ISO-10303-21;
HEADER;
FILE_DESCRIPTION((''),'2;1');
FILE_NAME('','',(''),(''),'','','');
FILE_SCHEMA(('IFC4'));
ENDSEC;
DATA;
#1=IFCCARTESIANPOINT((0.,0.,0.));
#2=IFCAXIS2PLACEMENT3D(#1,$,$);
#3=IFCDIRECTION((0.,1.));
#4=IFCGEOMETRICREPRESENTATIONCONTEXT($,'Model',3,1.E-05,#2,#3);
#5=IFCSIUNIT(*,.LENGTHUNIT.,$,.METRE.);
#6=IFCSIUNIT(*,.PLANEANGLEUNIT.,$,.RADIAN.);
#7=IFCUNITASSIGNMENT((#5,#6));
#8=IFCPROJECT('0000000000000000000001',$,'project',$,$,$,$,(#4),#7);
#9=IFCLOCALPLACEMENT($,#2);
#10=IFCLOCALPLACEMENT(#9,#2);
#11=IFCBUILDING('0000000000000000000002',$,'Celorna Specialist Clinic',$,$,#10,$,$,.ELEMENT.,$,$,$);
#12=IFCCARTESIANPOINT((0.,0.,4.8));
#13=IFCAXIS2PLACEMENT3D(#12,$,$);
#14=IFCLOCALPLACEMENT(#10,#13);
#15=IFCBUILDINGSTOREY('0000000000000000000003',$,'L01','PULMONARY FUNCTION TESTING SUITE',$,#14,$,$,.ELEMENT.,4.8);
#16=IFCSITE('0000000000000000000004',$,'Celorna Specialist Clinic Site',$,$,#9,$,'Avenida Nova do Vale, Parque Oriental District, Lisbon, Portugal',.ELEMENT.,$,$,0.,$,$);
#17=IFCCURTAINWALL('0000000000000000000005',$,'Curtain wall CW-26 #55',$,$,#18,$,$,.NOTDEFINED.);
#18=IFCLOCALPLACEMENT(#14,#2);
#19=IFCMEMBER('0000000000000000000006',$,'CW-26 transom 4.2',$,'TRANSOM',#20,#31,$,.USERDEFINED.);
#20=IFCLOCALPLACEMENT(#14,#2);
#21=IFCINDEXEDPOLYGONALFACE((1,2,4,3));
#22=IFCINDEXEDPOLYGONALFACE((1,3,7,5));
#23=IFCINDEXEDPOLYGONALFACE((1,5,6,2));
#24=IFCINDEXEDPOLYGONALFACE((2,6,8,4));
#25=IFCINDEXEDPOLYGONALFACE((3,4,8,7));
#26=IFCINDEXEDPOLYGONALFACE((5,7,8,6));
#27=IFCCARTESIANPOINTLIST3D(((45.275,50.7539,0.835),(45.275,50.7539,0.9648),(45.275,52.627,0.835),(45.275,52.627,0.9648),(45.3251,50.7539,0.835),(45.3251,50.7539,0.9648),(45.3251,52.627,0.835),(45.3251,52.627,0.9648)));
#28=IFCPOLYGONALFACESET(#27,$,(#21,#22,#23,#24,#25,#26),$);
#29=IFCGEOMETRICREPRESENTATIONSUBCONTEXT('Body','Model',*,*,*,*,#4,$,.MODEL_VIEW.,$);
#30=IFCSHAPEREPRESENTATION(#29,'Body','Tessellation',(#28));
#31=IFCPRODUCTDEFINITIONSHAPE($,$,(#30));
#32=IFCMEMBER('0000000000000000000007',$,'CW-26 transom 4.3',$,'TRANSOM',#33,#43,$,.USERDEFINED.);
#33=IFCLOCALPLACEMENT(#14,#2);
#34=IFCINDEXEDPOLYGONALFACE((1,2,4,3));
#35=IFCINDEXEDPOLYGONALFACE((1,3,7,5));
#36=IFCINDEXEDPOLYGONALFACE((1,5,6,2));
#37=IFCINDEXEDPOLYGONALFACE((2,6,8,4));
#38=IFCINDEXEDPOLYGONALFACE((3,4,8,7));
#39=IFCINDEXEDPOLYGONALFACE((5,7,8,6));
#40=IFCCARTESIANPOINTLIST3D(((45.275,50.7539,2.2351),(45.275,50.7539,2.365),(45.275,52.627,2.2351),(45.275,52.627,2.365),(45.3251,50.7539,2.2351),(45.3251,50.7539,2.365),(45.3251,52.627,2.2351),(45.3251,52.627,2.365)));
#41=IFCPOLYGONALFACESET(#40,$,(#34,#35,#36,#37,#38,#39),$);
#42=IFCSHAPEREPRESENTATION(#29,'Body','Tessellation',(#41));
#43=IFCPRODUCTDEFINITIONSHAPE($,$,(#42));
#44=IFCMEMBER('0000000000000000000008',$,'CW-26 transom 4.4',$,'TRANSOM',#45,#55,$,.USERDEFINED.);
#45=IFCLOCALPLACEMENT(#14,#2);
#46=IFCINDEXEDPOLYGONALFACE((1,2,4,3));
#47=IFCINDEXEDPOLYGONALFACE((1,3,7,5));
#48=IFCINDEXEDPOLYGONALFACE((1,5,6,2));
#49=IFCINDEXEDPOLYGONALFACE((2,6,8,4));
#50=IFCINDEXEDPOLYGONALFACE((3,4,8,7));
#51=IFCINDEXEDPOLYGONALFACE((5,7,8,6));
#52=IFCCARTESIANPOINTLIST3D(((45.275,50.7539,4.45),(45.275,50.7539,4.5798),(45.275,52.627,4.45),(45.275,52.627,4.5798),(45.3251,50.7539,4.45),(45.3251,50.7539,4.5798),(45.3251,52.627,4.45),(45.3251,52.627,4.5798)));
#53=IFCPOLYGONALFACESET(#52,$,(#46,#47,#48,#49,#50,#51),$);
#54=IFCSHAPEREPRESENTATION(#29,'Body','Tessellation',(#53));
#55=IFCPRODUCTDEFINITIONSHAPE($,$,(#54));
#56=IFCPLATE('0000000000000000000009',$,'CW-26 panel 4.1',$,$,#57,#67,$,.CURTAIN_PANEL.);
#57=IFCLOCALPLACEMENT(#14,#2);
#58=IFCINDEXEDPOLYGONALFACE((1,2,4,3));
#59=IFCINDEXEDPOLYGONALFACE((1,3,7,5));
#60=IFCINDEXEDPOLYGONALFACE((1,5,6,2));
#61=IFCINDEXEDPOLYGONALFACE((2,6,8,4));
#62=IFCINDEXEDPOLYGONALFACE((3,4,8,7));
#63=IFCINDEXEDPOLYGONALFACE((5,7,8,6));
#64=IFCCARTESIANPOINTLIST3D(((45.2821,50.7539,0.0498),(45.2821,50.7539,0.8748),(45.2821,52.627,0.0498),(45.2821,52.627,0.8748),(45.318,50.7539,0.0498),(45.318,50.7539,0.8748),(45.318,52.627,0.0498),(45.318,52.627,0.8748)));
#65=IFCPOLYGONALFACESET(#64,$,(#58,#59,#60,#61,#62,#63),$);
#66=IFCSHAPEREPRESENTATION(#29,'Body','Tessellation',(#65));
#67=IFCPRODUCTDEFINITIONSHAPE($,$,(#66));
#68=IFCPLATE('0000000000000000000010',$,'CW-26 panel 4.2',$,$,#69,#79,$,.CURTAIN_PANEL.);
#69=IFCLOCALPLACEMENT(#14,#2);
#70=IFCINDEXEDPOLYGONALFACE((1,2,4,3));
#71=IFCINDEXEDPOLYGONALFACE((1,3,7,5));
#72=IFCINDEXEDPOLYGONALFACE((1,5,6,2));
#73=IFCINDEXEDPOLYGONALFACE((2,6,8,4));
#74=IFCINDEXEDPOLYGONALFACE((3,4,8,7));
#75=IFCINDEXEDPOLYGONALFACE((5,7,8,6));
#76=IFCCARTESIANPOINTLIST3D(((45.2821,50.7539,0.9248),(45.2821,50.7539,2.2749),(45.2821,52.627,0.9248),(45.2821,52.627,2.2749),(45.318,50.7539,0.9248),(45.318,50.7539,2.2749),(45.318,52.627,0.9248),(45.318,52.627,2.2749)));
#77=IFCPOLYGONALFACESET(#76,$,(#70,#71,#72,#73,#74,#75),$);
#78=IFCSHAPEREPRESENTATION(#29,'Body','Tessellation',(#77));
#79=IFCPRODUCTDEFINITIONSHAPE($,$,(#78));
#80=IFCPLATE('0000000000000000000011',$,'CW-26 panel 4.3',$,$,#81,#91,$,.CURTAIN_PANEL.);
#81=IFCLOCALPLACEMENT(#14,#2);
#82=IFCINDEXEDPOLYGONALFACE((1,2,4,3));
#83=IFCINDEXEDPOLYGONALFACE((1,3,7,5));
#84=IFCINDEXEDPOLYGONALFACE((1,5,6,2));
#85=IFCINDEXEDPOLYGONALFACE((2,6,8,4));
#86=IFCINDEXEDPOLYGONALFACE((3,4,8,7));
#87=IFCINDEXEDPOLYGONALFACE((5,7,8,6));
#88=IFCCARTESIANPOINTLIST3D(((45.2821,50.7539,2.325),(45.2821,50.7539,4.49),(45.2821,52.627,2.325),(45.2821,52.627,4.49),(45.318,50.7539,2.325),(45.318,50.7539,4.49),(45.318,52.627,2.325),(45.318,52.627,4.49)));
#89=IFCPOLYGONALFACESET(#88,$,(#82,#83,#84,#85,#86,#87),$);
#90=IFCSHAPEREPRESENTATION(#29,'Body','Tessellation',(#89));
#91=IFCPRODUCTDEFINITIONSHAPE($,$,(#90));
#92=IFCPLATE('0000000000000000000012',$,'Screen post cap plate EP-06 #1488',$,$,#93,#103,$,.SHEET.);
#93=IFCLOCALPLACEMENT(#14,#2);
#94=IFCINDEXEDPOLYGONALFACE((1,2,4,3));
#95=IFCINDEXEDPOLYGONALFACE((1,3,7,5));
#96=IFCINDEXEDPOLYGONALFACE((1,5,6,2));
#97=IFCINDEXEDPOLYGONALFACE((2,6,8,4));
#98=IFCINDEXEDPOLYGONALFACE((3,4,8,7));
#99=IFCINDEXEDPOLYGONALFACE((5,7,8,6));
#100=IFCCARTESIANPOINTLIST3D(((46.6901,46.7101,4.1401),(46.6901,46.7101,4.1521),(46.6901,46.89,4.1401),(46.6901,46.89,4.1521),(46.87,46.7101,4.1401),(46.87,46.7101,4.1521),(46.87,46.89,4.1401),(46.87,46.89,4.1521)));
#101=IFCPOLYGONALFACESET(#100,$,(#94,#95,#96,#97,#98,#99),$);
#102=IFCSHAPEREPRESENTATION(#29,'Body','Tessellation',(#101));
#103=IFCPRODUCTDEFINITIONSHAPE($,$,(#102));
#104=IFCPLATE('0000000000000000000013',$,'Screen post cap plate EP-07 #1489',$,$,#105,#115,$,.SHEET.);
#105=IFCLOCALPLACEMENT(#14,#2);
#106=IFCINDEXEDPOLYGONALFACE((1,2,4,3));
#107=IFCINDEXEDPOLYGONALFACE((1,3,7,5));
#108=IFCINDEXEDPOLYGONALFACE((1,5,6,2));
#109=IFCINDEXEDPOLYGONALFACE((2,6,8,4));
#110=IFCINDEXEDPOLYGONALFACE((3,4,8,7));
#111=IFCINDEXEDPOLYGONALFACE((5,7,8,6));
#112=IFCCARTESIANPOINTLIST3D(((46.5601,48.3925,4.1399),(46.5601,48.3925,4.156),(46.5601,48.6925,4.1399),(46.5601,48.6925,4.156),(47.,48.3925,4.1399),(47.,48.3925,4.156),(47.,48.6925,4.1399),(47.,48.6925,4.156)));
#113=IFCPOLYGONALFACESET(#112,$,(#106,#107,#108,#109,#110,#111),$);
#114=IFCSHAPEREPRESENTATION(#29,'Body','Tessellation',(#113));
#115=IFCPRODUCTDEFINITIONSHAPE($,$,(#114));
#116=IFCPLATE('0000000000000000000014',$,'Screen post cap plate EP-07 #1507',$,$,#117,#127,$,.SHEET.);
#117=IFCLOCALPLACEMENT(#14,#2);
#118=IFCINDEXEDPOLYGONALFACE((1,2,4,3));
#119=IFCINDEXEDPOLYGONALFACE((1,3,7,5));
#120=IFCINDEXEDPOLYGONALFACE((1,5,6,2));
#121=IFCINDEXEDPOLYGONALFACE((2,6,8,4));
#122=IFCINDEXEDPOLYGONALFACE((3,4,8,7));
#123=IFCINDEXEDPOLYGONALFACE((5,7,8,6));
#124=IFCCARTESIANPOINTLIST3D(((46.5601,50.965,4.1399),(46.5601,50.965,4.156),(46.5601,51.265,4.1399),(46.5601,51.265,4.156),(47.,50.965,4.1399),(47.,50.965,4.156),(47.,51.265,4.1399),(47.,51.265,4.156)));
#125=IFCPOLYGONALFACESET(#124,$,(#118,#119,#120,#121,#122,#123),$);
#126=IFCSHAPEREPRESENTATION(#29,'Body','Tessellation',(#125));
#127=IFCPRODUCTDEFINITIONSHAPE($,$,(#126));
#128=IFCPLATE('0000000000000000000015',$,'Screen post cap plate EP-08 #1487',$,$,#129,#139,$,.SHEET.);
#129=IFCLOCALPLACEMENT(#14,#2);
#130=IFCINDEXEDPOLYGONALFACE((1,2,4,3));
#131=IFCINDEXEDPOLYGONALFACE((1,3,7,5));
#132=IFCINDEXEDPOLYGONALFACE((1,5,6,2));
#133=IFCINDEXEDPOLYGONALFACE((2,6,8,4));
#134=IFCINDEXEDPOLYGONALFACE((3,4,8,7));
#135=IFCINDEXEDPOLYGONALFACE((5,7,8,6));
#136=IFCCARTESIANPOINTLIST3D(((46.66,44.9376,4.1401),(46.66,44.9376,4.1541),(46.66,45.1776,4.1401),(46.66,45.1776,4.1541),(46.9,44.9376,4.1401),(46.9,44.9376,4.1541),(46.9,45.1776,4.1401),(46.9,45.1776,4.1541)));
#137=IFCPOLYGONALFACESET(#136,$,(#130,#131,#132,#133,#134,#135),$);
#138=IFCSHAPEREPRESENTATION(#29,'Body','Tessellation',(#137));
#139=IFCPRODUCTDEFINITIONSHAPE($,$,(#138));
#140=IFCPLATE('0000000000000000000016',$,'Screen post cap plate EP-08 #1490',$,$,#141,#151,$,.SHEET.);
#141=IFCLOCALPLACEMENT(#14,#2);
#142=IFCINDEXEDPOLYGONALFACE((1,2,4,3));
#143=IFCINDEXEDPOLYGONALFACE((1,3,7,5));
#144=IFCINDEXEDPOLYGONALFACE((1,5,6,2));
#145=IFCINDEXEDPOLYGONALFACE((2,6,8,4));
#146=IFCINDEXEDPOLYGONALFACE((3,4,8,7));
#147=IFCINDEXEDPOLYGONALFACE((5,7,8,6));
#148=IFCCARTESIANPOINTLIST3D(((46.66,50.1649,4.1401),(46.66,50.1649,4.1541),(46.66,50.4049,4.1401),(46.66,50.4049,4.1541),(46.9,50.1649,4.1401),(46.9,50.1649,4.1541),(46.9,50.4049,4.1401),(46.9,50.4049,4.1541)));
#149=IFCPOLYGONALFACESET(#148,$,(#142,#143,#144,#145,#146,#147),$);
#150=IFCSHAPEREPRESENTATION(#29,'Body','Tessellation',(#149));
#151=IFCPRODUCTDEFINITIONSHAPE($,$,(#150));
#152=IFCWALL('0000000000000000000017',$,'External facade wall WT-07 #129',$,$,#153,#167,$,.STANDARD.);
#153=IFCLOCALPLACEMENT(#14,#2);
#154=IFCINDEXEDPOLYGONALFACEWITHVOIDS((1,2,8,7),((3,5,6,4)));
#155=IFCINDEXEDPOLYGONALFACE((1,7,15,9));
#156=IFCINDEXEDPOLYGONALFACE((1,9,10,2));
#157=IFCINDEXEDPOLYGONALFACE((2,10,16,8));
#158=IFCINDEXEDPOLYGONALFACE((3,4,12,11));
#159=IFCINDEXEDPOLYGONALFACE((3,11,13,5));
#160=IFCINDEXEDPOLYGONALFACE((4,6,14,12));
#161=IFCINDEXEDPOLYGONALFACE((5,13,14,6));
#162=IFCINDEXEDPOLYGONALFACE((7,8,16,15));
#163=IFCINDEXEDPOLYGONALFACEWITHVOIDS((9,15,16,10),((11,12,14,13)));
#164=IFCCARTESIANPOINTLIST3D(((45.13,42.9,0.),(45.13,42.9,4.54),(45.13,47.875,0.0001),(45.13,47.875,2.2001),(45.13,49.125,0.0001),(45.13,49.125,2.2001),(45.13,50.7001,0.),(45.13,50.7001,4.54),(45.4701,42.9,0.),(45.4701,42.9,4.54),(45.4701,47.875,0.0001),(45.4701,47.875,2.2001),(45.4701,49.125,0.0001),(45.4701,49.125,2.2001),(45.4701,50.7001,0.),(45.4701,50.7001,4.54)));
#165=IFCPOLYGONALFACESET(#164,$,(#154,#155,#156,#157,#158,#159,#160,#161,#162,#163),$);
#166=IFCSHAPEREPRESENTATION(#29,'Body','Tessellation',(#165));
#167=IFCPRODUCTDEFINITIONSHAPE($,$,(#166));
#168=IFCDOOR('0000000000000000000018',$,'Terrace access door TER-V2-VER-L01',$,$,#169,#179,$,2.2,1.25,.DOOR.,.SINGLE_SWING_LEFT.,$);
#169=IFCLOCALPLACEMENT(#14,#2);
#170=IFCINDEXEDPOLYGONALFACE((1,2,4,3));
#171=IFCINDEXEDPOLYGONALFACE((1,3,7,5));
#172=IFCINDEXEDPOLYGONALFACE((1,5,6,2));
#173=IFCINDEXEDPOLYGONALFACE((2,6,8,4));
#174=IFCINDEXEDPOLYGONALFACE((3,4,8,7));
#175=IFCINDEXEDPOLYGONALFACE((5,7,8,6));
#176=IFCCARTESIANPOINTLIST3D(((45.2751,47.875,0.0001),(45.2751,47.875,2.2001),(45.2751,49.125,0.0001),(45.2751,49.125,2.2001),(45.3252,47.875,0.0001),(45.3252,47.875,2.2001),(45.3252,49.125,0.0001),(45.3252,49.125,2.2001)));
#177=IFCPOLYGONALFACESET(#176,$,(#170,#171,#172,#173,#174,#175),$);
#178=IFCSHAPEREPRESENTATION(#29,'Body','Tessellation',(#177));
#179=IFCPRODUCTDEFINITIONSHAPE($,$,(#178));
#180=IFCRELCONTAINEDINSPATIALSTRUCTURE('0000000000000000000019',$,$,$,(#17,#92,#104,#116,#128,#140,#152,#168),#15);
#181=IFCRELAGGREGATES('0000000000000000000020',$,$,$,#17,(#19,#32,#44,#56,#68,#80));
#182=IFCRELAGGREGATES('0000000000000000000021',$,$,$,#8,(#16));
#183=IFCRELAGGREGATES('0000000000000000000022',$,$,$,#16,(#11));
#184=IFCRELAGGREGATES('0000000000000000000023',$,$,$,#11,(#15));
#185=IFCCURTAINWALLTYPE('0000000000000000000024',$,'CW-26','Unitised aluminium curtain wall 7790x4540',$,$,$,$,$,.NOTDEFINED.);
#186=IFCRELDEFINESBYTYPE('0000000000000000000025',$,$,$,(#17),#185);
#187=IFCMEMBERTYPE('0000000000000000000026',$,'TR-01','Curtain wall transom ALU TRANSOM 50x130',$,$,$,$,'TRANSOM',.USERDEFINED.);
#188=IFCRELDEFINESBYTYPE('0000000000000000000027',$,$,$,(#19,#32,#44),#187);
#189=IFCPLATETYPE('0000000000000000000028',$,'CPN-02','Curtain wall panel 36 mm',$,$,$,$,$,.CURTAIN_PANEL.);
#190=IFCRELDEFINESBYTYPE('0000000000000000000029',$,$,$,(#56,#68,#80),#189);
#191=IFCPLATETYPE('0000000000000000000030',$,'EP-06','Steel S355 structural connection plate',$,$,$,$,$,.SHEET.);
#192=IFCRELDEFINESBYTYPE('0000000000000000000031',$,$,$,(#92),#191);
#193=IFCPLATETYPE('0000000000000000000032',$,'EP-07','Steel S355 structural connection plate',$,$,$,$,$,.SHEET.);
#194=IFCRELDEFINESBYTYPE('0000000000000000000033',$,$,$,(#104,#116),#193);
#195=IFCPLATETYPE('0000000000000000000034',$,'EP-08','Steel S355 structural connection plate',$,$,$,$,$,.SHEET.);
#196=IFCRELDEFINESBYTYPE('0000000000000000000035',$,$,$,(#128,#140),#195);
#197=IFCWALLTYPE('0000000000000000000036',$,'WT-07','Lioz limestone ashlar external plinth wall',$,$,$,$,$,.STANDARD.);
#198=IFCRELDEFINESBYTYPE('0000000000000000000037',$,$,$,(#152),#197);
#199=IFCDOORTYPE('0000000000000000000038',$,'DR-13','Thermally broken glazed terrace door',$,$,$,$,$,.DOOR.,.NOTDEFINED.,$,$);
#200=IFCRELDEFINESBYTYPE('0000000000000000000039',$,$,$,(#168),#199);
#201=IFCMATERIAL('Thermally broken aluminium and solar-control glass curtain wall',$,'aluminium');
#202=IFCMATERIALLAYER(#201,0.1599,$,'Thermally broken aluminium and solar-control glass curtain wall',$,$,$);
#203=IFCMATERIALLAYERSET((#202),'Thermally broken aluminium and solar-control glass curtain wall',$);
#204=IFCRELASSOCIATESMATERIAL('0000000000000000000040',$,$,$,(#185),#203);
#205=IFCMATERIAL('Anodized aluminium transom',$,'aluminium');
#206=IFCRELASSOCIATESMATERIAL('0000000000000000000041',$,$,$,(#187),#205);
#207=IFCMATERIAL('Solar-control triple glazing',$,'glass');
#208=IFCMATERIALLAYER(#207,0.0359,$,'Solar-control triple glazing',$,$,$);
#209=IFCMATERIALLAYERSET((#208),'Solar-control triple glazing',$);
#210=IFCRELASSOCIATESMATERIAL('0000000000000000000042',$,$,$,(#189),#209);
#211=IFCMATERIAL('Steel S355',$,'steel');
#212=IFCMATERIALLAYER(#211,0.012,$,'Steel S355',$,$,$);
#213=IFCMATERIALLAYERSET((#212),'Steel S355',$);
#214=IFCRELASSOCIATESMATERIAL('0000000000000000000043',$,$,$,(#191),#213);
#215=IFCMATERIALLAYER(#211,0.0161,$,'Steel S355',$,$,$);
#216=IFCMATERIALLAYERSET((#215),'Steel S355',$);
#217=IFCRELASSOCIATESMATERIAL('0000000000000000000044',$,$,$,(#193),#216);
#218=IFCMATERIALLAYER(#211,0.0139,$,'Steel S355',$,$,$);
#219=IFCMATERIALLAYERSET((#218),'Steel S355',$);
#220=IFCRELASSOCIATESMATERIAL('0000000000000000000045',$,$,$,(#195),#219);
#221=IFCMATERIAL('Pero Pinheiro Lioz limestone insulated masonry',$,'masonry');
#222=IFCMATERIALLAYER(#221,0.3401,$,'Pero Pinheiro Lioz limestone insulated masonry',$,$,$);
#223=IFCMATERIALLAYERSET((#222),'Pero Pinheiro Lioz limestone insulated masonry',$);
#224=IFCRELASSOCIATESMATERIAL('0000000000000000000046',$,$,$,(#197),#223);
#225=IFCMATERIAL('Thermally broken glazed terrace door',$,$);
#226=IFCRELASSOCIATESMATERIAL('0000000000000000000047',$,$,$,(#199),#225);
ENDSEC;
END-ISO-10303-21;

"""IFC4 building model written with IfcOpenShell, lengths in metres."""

from ifc_helpers import new_model, si_unit, direction, frame, frame_2d, origin, origin_2d, place, context, subcontext, project, spatial, rectangle, extrude, material, layer, layer_set, material_profile, profile_set, type_object, element, fill, aggregate, save


model = new_model("IFC4")

# Units and contexts
model_context = context("Model", 3, precision=1e-05, world=origin(), true_north=direction((0.0, 1.0)))
body_context = subcontext(model_context, "Body", "Model", "MODEL_VIEW")
ifc_project = project(units=[si_unit("LENGTHUNIT", "METRE"), si_unit("PLANEANGLEUNIT", "RADIAN")], contexts=[model_context])

# Site, building, storey
site_placement = place(None, origin())
site = spatial("IfcSite", under=ifc_project, at=site_placement, Name="Celorna Specialist Clinic Site", LongName="Avenida Nova do Vale, Parque Oriental District, Lisbon, Portugal", CompositionType="ELEMENT", RefElevation=0.0)
building_placement = place(site_placement, origin())
building = spatial("IfcBuilding", under=site, at=building_placement, Name="Celorna Specialist Clinic", CompositionType="ELEMENT")
storey_placement = place(building_placement, frame((0.0, 0.0, 4.8)))
storey = spatial("IfcBuildingStorey", under=building, at=storey_placement, Name="L01", Description="PULMONARY FUNCTION TESTING SUITE", CompositionType="ELEMENT", Elevation=4.8)

# Shared definitions
ifc_material_1 = material(Name="Steel S355", Category="steel")

# Curtain wall, members, plates
ifc_material_2 = material(Name="Thermally broken aluminium and solar-control glass curtain wall", Category="aluminium")
ifc_layer_1 = layer(ifc_material_2, 0.1599, Name="Thermally broken aluminium and solar-control glass curtain wall")
ifc_layer_set_1 = layer_set([ifc_layer_1], Name="Thermally broken aluminium and solar-control glass curtain wall")
curtain_wall_type = type_object("IfcCurtainWallType", Name="CW-26", Description="Unitised aluminium curtain wall 7790x4540", PredefinedType="NOTDEFINED", material=ifc_layer_set_1)
curtain_wall_placement = place(storey_placement, origin())
curtain_wall = element("IfcCurtainWall", 1, at=curtain_wall_placement, inside=storey, type_object=curtain_wall_type, Name="Curtain wall CW-26 #55", PredefinedType="NOTDEFINED")
ifc_material_3 = material(Name="Anodized aluminium transom", Category="aluminium")
ifc_material_profile_1 = material_profile(ifc_material_3, rectangle(XDim=0.05, YDim=0.1299, at=origin_2d()), Name="ALU TRANSOM 50x130")
ifc_profile_set_1 = profile_set([ifc_material_profile_1], Name="Anodized aluminium transom")
member_type_1 = type_object("IfcMemberType", Name="TR-01", Description="Curtain wall transom ALU TRANSOM 50x130", ElementType="TRANSOM", PredefinedType="USERDEFINED", material=ifc_profile_set_1)
member_1_placement = place(storey_placement, frame((45.3, 52.627, 0.8999), z_axis=(0.0, -1.0, 0.0), x_axis=(1.0, 0.0, 0.0)))
member_1 = element("IfcMember", 2, at=member_1_placement, type_object=member_type_1, Name="CW-26 transom 4.2", ObjectType="TRANSOM", PredefinedType="USERDEFINED", context=body_context, shape_type="SweptSolid", body=[
    extrude(rectangle(XDim=0.05, YDim=0.1299, at=origin_2d()), origin(), (0.0, 0.0, 1.0), 1.873),
])
member_2_placement = place(storey_placement, frame((45.3, 52.627, 2.3), z_axis=(0.0, -1.0, 0.0), x_axis=(1.0, 0.0, 0.0)))
member_2 = element("IfcMember", 3, at=member_2_placement, type_object=member_type_1, Name="CW-26 transom 4.3", ObjectType="TRANSOM", PredefinedType="USERDEFINED", context=body_context, shape_type="SweptSolid", body=[
    extrude(rectangle(XDim=0.05, YDim=0.1299, at=origin_2d()), origin(), (0.0, 0.0, 1.0), 1.873),
])
member_3_placement = place(storey_placement, frame((45.3, 52.627, 4.5149), z_axis=(0.0, -1.0, 0.0), x_axis=(1.0, 0.0, 0.0)))
member_3 = element("IfcMember", 4, at=member_3_placement, type_object=member_type_1, Name="CW-26 transom 4.4", ObjectType="TRANSOM", PredefinedType="USERDEFINED", context=body_context, shape_type="SweptSolid", body=[
    extrude(rectangle(XDim=0.05, YDim=0.1299, at=origin_2d()), origin(), (0.0, 0.0, 1.0), 1.873),
])
ifc_material_4 = material(Name="Solar-control triple glazing", Category="glass")
ifc_layer_2 = layer(ifc_material_4, 0.0359, Name="Solar-control triple glazing")
ifc_layer_set_2 = layer_set([ifc_layer_2], Name="Solar-control triple glazing")
plate_type_1 = type_object("IfcPlateType", Name="CPN-02", Description="Curtain wall panel 36 mm", PredefinedType="CURTAIN_PANEL", material=ifc_layer_set_2)
plate_1_placement = place(storey_placement, frame((45.3, 51.6904, 0.0498), z_axis=(0.0, 0.0, 1.0), x_axis=(0.0, -1.0, 0.0)))
plate_1 = element("IfcPlate", 5, at=plate_1_placement, type_object=plate_type_1, Name="CW-26 panel 4.1", PredefinedType="CURTAIN_PANEL", context=body_context, shape_type="SweptSolid", body=[
    extrude(rectangle(XDim=1.873, YDim=0.0359, at=origin_2d()), origin(), (0.0, 0.0, 1.0), 0.825),
])
plate_2_placement = place(storey_placement, frame((45.3, 51.6904, 0.9248), z_axis=(0.0, 0.0, 1.0), x_axis=(0.0, -1.0, 0.0)))
plate_2 = element("IfcPlate", 6, at=plate_2_placement, type_object=plate_type_1, Name="CW-26 panel 4.2", PredefinedType="CURTAIN_PANEL", context=body_context, shape_type="SweptSolid", body=[
    extrude(rectangle(XDim=1.873, YDim=0.0359, at=origin_2d()), origin(), (0.0, 0.0, 1.0), 1.3501),
])
plate_3_placement = place(storey_placement, frame((45.3, 51.6904, 2.325), z_axis=(0.0, 0.0, 1.0), x_axis=(0.0, -1.0, 0.0)))
plate_3 = element("IfcPlate", 7, at=plate_3_placement, type_object=plate_type_1, Name="CW-26 panel 4.3", PredefinedType="CURTAIN_PANEL", context=body_context, shape_type="SweptSolid", body=[
    extrude(rectangle(XDim=1.873, YDim=0.0359, at=origin_2d()), origin(), (0.0, 0.0, 1.0), 2.165),
])
aggregate(curtain_wall, [member_1, member_2, member_3, plate_1, plate_2, plate_3])

# Plates
ifc_layer_3 = layer(ifc_material_1, 0.012, Name="Steel S355")
ifc_layer_set_3 = layer_set([ifc_layer_3], Name="Steel S355")
plate_type_2 = type_object("IfcPlateType", Name="EP-06", Description="Steel S355 structural connection plate", PredefinedType="SHEET", material=ifc_layer_set_3)
plate_4_placement = place(storey_placement, frame((46.78, 46.8, 4.1401), z_axis=(0.0, 0.0, 1.0), x_axis=(0.0, 1.0, 0.0)))
element("IfcPlate", 8, at=plate_4_placement, inside=storey, type_object=plate_type_2, Name="Screen post cap plate EP-06 #1488", PredefinedType="SHEET", context=body_context, shape_type="SweptSolid", body=[
    extrude(rectangle(XDim=0.1799, YDim=0.1799, at=origin_2d()), origin(), (0.0, 0.0, 1.0), 0.012),
])
ifc_layer_4 = layer(ifc_material_1, 0.0161, Name="Steel S355")
ifc_layer_set_4 = layer_set([ifc_layer_4], Name="Steel S355")
plate_type_3 = type_object("IfcPlateType", Name="EP-07", Description="Steel S355 structural connection plate", PredefinedType="SHEET", material=ifc_layer_set_4)
for number, where, z_axis, x_axis, name in (
    (9, (46.78, 48.5425, 4.1399), (0.0, 0.0, 1.0), (0.0, 1.0, 0.0), "Screen post cap plate EP-07 #1489"),
    (10, (46.78, 51.115, 4.1399), (0.0, 0.0, 1.0), (0.0, 1.0, 0.0), "Screen post cap plate EP-07 #1507"),
):
    element("IfcPlate", number, at=place(storey_placement, frame(where, z_axis=z_axis, x_axis=x_axis)), inside=storey, type_object=plate_type_3, Name=name, PredefinedType="SHEET", context=body_context, shape_type="SweptSolid", body=[
        extrude(rectangle(XDim=0.3, YDim=0.4399, at=origin_2d()), origin(), (0.0, 0.0, 1.0), 0.0161),
    ])
ifc_layer_5 = layer(ifc_material_1, 0.0139, Name="Steel S355")
ifc_layer_set_5 = layer_set([ifc_layer_5], Name="Steel S355")
plate_type_4 = type_object("IfcPlateType", Name="EP-08", Description="Steel S355 structural connection plate", PredefinedType="SHEET", material=ifc_layer_set_5)
for number, where, z_axis, x_axis, name in (
    (11, (46.78, 45.0576, 4.1401), (0.0, 0.0, 1.0), (0.0, 1.0, 0.0), "Screen post cap plate EP-08 #1487"),
    (12, (46.78, 50.2849, 4.1401), (0.0, 0.0, 1.0), (0.0, 1.0, 0.0), "Screen post cap plate EP-08 #1490"),
):
    element("IfcPlate", number, at=place(storey_placement, frame(where, z_axis=z_axis, x_axis=x_axis)), inside=storey, type_object=plate_type_4, Name=name, PredefinedType="SHEET", context=body_context, shape_type="SweptSolid", body=[
        extrude(rectangle(XDim=0.24, YDim=0.24, at=origin_2d()), origin(), (0.0, 0.0, 1.0), 0.0139),
    ])

# Wall, opening, door
ifc_material_5 = material(Name="Pero Pinheiro Lioz limestone insulated masonry", Category="masonry")
ifc_layer_6 = layer(ifc_material_5, 0.3401, Name="Pero Pinheiro Lioz limestone insulated masonry")
ifc_layer_set_6 = layer_set([ifc_layer_6], Name="Pero Pinheiro Lioz limestone insulated masonry")
wall_type = type_object("IfcWallType", Name="WT-07", Description="Lioz limestone ashlar external plinth wall", PredefinedType="STANDARD", material=ifc_layer_set_6)
wall_placement = place(storey_placement, frame((45.3, 50.7, 0.0), z_axis=(0.0, 0.0, 1.0), x_axis=(0.0, -1.0, 0.0)))
wall = element("IfcWall", 13, at=wall_placement, inside=storey, type_object=wall_type, Name="External facade wall WT-07 #129", PredefinedType="STANDARD", context=body_context, shape_type="SweptSolid", body=[
    extrude(rectangle(XDim=7.8, YDim=0.3401, at=frame_2d((3.8999, 0.0))), origin(), (0.0, 0.0, 1.0), 4.54),
])
opening_placement = place(wall_placement, frame((1.575, 0.0, 0.0)))
opening = element("IfcOpeningElement", 14, at=opening_placement, cuts=wall, PredefinedType="OPENING", context=body_context, shape_type="SweptSolid", body=[
    extrude(rectangle(XDim=1.25, YDim=2.2, at=frame_2d((0.625, 1.1001))), frame((0.0, 0.1799, 0.0), z_axis=(0.0, -1.0, 0.0), x_axis=(1.0, 0.0, 0.0)), (0.0, 0.0, 1.0), 0.3601),
])
ifc_material_6 = material(Name="Thermally broken glazed terrace door")
door_type = type_object("IfcDoorType", Name="DR-13", Description="Thermally broken glazed terrace door", OperationType="NOTDEFINED", PredefinedType="DOOR", material=ifc_material_6)
door_placement = place(opening_placement, frame((1.25, 0.0, 0.0), z_axis=(0.0, 0.0, 1.0), x_axis=(-1.0, 0.0, 0.0)))
door = element("IfcDoor", 15, at=door_placement, inside=storey, type_object=door_type, Name="Terrace access door TER-V2-VER-L01", OperationType="SINGLE_SWING_LEFT", OverallHeight=2.2, OverallWidth=1.25, PredefinedType="DOOR", context=body_context, shape_type="SweptSolid", body=[
    extrude(rectangle(XDim=1.25, YDim=2.2, at=frame_2d((0.625, 1.1001))), frame((0.0, 0.0249, 0.0), z_axis=(0.0, -1.0, 0.0), x_axis=(1.0, 0.0, 0.0)), (0.0, 0.0, 1.0), 0.05),
])
fill(opening, door)

save(model, "model.ifc")
